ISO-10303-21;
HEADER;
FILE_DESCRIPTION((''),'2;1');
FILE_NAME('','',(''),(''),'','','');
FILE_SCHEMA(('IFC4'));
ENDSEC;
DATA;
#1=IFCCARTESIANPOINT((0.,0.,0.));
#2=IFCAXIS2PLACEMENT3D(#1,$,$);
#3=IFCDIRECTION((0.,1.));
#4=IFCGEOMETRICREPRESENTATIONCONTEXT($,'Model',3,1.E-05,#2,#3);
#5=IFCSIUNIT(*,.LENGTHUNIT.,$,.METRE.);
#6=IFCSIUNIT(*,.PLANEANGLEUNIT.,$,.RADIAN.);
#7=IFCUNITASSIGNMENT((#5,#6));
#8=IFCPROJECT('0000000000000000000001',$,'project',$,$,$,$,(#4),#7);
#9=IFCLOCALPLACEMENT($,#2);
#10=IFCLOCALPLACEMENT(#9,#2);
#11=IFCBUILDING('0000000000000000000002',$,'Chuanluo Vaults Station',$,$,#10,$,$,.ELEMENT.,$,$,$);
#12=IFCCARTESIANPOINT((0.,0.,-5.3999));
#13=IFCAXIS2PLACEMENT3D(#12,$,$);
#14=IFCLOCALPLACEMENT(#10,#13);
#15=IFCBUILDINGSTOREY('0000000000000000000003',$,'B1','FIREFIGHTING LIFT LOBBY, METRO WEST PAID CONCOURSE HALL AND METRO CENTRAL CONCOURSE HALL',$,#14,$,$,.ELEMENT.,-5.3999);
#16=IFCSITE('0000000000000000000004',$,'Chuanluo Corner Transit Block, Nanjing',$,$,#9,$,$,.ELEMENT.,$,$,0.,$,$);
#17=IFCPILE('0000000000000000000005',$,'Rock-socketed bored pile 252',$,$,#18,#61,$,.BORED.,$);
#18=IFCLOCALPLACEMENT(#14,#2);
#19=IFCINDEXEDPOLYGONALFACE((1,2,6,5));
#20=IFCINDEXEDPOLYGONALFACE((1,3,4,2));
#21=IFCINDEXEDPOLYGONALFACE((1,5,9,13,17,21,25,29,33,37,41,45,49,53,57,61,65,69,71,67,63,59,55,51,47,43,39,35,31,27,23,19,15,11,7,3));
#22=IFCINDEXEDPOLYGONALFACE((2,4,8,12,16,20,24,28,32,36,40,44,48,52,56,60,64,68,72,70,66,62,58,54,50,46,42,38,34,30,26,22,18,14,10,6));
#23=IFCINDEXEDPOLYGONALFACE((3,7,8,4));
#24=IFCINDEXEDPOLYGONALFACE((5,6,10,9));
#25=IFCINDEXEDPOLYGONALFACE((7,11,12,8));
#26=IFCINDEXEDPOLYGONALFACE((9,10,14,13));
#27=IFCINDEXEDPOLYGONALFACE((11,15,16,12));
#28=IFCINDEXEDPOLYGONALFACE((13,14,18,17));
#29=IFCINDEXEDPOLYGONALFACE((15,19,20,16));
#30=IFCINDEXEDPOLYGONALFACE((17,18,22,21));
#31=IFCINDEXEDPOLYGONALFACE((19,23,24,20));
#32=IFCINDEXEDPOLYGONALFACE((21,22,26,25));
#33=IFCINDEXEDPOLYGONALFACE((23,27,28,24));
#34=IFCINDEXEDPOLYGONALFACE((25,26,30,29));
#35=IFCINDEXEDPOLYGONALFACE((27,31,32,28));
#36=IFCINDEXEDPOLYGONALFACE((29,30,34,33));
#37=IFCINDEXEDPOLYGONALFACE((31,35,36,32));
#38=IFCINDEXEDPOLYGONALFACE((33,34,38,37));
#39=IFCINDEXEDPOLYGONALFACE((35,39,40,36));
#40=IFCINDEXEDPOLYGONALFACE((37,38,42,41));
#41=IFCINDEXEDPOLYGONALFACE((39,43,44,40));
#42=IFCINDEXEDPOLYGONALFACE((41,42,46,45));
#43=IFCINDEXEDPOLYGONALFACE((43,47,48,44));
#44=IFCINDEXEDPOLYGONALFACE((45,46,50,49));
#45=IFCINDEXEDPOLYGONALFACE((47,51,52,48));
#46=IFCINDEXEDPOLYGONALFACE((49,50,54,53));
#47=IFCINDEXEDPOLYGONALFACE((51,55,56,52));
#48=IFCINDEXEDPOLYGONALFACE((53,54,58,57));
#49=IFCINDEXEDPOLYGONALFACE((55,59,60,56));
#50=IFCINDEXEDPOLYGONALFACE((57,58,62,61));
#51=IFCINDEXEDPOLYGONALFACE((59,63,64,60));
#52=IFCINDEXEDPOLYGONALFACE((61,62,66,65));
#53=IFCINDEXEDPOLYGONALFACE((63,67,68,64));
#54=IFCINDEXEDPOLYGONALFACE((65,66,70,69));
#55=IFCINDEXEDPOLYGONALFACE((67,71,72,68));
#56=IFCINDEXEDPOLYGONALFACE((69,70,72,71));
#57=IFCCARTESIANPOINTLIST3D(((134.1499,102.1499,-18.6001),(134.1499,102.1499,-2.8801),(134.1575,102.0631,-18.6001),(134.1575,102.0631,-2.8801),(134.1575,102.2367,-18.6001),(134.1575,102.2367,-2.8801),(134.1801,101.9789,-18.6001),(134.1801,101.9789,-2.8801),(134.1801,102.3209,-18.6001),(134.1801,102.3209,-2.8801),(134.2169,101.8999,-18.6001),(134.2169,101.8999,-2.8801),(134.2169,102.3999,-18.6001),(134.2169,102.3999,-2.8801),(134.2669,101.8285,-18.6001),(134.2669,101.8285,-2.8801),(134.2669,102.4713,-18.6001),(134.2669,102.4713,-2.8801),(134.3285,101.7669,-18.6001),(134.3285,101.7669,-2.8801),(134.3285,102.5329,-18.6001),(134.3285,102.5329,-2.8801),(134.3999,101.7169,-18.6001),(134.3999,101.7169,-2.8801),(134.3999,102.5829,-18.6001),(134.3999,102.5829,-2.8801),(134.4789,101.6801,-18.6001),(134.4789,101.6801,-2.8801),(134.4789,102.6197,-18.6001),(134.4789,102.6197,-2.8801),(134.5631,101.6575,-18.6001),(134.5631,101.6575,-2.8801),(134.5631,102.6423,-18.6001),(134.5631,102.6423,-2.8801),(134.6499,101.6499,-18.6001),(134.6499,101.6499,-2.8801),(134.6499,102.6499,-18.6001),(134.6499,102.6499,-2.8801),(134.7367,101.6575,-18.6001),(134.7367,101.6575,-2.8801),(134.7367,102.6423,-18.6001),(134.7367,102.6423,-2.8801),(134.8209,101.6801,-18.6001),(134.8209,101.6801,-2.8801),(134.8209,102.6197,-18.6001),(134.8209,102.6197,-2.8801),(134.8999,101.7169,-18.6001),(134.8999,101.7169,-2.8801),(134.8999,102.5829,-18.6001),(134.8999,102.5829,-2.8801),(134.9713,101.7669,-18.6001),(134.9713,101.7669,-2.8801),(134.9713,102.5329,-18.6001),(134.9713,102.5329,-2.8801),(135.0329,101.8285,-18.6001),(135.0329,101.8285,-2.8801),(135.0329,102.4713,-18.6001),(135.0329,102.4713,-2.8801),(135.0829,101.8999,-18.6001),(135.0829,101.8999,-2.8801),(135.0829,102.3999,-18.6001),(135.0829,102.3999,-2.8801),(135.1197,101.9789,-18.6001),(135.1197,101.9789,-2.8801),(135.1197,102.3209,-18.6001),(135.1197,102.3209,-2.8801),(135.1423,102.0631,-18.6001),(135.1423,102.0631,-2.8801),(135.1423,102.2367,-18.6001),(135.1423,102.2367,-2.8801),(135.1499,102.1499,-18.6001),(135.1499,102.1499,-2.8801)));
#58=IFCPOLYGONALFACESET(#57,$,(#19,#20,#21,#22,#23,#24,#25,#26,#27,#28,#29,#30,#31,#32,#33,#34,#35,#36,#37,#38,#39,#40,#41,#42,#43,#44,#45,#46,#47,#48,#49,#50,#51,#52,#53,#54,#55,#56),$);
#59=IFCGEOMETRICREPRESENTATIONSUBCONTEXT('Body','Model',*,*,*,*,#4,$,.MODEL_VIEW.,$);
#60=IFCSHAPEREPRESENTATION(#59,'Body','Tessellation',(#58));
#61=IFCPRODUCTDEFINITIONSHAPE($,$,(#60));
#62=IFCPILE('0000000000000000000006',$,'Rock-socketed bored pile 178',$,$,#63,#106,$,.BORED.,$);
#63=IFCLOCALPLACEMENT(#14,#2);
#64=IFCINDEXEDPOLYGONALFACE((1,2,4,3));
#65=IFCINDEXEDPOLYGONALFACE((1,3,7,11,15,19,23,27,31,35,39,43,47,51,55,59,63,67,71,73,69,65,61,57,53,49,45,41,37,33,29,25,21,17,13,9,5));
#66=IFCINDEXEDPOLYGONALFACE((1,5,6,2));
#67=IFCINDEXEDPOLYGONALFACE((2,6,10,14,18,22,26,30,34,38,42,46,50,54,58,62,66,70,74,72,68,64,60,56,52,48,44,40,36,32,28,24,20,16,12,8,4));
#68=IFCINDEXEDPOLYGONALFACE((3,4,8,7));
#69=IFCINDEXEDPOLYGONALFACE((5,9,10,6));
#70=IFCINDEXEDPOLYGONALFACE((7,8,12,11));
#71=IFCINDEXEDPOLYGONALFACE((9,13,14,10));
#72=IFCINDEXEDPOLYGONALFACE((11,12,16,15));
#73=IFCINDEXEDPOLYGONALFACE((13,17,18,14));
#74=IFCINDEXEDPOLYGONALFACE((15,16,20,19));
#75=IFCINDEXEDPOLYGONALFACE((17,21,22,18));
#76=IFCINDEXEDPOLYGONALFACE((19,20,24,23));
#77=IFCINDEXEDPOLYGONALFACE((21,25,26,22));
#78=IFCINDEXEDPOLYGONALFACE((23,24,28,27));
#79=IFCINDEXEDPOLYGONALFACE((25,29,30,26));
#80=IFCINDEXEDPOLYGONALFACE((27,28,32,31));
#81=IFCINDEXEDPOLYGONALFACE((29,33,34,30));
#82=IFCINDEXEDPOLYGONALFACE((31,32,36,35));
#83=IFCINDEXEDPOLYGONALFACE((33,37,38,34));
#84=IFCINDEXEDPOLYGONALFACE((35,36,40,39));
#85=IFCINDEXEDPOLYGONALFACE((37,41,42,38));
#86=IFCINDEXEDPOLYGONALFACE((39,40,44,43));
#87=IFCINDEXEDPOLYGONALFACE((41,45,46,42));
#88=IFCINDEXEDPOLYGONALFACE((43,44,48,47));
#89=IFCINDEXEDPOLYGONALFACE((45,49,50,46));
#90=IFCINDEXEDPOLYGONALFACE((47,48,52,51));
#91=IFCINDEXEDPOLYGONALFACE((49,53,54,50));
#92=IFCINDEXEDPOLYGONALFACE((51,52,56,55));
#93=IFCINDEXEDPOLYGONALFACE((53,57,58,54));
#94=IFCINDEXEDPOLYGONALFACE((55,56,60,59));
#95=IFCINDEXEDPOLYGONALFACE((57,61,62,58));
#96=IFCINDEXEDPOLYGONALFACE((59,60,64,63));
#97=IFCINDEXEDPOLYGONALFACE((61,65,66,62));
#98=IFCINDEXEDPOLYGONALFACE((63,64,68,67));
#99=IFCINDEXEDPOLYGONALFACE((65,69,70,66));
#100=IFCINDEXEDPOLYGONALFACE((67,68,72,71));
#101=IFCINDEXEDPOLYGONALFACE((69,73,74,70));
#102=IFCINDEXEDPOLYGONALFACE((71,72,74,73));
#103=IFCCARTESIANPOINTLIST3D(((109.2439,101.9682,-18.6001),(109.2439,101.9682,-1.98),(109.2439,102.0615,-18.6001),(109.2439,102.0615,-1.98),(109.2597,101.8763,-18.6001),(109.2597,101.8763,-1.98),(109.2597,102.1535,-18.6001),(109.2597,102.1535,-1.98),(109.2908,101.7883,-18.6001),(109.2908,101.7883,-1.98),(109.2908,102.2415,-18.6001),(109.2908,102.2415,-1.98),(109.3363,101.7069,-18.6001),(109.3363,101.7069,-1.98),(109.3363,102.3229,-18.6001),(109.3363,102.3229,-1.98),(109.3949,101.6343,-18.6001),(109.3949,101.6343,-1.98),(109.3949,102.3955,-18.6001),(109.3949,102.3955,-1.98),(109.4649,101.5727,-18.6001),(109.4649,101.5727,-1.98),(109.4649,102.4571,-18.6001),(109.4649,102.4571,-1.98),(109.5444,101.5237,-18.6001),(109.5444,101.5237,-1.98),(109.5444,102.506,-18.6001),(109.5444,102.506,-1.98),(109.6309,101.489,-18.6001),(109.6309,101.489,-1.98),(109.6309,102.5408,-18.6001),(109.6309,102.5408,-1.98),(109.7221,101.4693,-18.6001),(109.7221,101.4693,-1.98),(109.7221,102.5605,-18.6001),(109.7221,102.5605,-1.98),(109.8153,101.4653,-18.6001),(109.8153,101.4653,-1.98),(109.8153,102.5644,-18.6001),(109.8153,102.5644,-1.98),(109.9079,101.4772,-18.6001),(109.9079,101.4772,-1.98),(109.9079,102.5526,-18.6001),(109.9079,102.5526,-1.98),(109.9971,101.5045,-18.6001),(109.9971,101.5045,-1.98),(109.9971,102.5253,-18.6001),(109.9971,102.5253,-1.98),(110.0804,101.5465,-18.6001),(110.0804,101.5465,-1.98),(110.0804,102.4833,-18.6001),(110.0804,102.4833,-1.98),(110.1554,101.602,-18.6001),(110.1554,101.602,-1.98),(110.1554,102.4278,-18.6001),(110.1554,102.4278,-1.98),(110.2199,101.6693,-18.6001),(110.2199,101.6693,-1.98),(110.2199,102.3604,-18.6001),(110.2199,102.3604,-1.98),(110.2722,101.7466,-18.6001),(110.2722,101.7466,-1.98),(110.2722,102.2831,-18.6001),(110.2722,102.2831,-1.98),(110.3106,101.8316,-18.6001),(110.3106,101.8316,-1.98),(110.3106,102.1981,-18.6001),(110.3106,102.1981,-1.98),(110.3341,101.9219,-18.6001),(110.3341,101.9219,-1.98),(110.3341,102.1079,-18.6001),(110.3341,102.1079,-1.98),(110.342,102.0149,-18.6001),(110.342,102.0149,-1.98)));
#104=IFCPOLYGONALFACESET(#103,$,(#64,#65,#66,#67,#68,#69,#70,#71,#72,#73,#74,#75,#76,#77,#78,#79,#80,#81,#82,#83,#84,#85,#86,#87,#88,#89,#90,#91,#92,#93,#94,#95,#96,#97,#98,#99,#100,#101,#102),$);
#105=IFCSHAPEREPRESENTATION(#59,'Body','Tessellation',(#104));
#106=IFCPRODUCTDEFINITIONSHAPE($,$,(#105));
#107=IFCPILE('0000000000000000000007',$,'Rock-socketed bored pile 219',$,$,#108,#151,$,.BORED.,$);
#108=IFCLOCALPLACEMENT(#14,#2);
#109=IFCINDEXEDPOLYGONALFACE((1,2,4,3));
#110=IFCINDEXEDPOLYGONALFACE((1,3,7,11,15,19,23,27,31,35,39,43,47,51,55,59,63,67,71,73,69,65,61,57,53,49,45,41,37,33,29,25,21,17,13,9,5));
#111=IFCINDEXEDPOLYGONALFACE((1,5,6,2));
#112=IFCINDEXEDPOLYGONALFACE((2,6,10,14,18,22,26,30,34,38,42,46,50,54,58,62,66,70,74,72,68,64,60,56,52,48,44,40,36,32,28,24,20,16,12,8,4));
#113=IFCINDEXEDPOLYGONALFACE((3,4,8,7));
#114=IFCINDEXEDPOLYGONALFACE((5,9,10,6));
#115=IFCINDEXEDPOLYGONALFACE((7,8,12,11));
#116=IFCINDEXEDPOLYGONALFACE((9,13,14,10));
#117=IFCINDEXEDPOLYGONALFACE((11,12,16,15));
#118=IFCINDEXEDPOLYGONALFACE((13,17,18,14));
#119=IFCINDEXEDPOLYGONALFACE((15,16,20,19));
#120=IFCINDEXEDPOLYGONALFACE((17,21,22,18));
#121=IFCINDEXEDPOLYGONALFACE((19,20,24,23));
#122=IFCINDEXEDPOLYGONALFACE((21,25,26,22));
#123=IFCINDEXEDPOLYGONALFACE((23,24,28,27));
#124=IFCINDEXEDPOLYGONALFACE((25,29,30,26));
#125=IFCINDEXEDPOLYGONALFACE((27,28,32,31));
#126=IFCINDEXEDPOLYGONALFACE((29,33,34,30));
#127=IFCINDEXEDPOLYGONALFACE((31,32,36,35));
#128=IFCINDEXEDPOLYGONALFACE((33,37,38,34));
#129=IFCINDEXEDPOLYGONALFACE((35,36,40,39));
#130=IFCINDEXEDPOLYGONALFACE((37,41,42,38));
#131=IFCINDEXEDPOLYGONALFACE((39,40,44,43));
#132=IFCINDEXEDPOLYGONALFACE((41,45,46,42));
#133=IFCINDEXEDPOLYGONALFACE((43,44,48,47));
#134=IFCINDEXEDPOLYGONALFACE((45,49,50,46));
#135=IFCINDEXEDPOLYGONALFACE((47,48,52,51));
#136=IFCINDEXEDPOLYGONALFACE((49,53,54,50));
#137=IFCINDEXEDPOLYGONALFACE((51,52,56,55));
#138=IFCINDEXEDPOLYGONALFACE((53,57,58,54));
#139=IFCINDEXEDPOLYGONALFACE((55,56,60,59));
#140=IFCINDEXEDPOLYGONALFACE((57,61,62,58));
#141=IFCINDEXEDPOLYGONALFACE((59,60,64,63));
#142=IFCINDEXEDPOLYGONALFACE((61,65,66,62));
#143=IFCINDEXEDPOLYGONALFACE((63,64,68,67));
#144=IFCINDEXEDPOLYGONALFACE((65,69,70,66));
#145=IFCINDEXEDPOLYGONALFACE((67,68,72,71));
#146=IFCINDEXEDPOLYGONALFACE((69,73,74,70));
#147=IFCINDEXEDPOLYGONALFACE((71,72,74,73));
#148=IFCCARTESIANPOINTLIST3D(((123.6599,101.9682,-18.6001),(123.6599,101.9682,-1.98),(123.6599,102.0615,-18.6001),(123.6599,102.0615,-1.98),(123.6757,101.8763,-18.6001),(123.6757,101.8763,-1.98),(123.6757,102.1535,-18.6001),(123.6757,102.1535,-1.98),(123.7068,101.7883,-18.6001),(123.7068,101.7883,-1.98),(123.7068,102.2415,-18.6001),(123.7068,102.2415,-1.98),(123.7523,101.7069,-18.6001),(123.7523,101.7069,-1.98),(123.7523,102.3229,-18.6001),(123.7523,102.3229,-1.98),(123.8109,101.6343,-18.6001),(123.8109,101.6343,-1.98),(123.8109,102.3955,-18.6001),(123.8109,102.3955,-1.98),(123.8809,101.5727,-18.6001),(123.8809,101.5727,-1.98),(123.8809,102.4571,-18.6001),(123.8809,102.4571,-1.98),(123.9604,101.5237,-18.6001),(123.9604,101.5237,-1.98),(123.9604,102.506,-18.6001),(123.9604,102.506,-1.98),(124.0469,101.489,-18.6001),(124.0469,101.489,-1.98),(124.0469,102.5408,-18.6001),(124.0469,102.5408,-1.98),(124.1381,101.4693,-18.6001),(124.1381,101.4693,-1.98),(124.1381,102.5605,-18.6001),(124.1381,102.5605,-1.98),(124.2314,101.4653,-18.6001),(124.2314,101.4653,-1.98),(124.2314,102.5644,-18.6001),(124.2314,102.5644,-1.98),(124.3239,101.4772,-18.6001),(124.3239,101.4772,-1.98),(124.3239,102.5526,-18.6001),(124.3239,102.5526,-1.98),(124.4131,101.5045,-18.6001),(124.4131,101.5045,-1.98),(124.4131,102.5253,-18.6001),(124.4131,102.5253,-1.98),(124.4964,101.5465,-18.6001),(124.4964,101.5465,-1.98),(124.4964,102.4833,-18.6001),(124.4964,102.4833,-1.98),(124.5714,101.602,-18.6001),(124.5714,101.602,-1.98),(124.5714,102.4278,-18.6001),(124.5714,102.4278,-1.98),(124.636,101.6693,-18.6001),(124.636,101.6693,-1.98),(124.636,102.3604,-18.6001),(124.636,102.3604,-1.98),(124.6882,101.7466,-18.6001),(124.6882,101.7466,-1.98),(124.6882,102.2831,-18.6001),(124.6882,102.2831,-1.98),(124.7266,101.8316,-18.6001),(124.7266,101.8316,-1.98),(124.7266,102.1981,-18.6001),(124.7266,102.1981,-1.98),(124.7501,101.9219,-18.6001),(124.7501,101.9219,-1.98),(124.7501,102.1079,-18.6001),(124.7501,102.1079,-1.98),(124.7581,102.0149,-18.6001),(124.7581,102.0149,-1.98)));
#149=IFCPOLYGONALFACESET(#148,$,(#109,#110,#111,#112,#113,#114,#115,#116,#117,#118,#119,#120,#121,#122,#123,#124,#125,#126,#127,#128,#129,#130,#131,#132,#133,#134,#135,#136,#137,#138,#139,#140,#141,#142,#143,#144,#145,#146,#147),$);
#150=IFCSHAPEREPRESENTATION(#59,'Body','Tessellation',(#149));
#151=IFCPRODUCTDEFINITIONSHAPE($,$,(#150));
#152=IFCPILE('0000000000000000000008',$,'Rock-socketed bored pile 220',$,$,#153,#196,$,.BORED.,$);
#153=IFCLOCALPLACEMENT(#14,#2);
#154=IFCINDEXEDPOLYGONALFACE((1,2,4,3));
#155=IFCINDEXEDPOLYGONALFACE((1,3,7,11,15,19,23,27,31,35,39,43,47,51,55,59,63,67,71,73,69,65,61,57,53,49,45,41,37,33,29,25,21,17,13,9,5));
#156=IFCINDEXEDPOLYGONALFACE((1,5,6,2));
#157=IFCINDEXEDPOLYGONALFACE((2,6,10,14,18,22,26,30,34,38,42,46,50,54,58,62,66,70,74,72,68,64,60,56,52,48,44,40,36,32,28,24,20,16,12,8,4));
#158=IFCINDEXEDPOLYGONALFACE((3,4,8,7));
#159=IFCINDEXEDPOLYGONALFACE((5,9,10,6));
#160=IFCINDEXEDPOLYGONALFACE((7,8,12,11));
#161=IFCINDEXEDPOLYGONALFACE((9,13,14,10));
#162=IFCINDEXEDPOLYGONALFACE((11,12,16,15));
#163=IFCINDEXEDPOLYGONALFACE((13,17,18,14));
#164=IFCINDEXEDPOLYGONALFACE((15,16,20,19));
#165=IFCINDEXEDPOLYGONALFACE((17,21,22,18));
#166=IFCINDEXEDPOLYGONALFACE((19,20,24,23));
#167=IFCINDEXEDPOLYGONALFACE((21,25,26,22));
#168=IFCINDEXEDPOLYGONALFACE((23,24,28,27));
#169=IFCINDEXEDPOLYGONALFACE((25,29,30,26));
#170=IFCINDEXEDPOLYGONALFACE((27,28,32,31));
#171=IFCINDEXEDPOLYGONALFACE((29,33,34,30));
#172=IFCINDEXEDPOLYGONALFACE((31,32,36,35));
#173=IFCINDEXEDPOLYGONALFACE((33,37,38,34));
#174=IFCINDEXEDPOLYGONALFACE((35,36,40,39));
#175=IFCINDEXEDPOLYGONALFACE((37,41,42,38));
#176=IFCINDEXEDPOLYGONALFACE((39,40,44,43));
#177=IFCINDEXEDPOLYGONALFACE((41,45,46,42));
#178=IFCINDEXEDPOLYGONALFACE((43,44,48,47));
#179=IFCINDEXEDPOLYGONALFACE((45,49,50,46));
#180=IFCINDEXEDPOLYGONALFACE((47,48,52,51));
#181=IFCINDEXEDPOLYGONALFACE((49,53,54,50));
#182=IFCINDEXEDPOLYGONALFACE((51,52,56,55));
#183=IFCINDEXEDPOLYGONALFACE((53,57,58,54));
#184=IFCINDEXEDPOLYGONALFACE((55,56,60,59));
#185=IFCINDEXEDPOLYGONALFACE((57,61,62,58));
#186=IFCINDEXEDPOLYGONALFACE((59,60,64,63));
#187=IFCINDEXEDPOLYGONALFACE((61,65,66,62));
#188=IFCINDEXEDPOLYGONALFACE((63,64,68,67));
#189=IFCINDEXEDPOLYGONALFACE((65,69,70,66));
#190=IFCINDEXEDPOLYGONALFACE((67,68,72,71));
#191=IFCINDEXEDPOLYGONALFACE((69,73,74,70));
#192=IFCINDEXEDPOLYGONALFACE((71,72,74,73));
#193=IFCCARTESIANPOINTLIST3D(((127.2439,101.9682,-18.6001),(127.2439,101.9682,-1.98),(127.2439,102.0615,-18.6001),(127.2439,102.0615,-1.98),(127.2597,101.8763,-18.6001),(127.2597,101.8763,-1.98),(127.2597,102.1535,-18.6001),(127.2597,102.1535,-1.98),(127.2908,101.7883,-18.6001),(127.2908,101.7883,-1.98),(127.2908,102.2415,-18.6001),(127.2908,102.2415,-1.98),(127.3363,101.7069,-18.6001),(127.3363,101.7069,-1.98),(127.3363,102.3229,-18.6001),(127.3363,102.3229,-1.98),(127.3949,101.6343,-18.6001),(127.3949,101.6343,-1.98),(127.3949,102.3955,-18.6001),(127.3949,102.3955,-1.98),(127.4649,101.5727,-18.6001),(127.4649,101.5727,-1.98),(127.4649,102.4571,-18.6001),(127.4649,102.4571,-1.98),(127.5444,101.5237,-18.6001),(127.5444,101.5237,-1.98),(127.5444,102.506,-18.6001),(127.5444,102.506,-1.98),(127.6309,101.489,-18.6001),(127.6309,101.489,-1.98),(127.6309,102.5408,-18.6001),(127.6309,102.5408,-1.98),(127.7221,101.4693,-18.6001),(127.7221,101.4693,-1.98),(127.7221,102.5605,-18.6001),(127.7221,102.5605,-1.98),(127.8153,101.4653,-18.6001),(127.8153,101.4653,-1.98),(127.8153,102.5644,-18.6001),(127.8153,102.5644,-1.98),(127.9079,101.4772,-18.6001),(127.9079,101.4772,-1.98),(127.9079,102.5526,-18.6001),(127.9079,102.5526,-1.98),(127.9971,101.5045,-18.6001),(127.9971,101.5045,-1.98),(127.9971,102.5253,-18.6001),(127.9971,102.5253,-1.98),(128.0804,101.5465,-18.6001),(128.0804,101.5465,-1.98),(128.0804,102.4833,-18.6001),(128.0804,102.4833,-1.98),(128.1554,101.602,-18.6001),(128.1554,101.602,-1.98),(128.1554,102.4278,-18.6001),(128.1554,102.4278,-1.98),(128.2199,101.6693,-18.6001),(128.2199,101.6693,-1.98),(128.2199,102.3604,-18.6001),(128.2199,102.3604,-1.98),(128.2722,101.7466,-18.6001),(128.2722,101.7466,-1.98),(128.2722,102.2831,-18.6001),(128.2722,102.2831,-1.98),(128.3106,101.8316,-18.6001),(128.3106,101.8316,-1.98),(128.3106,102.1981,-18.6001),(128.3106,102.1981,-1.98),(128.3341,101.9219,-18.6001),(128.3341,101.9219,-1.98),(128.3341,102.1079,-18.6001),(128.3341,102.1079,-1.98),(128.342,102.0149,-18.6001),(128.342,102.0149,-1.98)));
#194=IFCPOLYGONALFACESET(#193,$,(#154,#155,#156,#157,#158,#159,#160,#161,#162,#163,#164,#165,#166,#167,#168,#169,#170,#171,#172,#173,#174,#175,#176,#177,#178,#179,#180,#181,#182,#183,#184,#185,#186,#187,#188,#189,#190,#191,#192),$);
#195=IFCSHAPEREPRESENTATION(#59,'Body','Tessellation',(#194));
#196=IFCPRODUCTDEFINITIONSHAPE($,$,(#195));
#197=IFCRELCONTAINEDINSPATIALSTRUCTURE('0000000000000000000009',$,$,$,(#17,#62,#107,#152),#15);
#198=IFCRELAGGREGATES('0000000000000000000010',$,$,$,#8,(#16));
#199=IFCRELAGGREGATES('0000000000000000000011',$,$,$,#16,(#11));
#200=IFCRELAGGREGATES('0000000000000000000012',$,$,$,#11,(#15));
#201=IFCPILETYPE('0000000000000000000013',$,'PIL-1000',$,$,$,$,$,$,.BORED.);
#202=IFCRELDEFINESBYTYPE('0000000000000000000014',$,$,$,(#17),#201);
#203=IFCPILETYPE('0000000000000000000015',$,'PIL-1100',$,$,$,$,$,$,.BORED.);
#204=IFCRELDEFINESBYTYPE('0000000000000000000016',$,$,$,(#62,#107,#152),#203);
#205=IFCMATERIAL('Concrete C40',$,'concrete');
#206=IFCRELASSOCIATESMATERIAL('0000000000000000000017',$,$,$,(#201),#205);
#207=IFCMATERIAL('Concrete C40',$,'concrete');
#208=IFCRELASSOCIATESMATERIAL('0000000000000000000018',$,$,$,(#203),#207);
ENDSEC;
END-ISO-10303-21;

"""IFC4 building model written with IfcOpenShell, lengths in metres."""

from ifc_helpers import new_model, si_unit, direction, frame, origin, origin_2d, place, context, subcontext, project, spatial, circle, extrude, material, material_profile, profile_set, type_object, element, save


model = new_model("IFC4")

# Units and contexts
model_context = context("Model", 3, precision=1e-05, world=origin(), true_north=direction((0.0, 1.0)))
body_context = subcontext(model_context, "Body", "Model", "MODEL_VIEW")
ifc_project = project(units=[si_unit("LENGTHUNIT", "METRE"), si_unit("PLANEANGLEUNIT", "RADIAN")], contexts=[model_context])

# Site, building, storey
site_placement = place(None, origin())
site = spatial("IfcSite", under=ifc_project, at=site_placement, Name="Chuanluo Corner Transit Block, Nanjing", CompositionType="ELEMENT", RefElevation=0.0)
building_placement = place(site_placement, origin())
building = spatial("IfcBuilding", under=site, at=building_placement, Name="Chuanluo Vaults Station", CompositionType="ELEMENT")
storey_placement = place(building_placement, frame((0.0, 0.0, -5.3999)))
storey = spatial("IfcBuildingStorey", under=building, at=storey_placement, Name="B1", Description="FIREFIGHTING LIFT LOBBY, METRO WEST PAID CONCOURSE HALL AND METRO CENTRAL CONCOURSE HALL", CompositionType="ELEMENT", Elevation=-5.3999)

# Piles
ifc_material_1 = material(Name="Concrete C40", Category="concrete")
ifc_material_profile_1 = material_profile(ifc_material_1, circle(Radius=0.5, at=origin_2d()))
ifc_profile_set_1 = profile_set([ifc_material_profile_1], Name="Concrete C40")
pile_type_1 = type_object("IfcPileType", Name="PIL-1000", PredefinedType="BORED", material=ifc_profile_set_1)
pile_placement = place(storey_placement, frame((134.6499, 102.1499, -2.8801), z_axis=(0.0, 0.0, -1.0), x_axis=(1.0, 0.0, 0.0)))
element("IfcPile", 1, at=pile_placement, inside=storey, type_object=pile_type_1, Name="Rock-socketed bored pile 252", PredefinedType="BORED", context=body_context, shape_type="SweptSolid", body=[
    extrude(circle(Radius=0.5, at=origin_2d()), origin(), (0.0, 0.0, 1.0), 15.72),
])
ifc_material_2 = material(Name="Concrete C40", Category="concrete")
ifc_material_profile_2 = material_profile(ifc_material_2, circle(Radius=0.55, at=origin_2d()))
ifc_profile_set_2 = profile_set([ifc_material_profile_2], Name="Concrete C40")
pile_type_2 = type_object("IfcPileType", Name="PIL-1100", PredefinedType="BORED", material=ifc_profile_set_2)
for number, where, z_axis, x_axis, name in (
    (2, (109.792, 102.0149, -1.98), (0.0, 0.0, -1.0), (1.0, 0.0, 0.0), "Rock-socketed bored pile 178"),
    (3, (124.208, 102.0149, -1.98), (0.0, 0.0, -1.0), (1.0, 0.0, 0.0), "Rock-socketed bored pile 219"),
    (4, (127.792, 102.0149, -1.98), (0.0, 0.0, -1.0), (1.0, 0.0, 0.0), "Rock-socketed bored pile 220"),
):
    element("IfcPile", number, at=place(storey_placement, frame(where, z_axis=z_axis, x_axis=x_axis)), inside=storey, type_object=pile_type_2, Name=name, PredefinedType="BORED", context=body_context, shape_type="SweptSolid", body=[
        extrude(circle(Radius=0.55, at=origin_2d()), origin(), (0.0, 0.0, 1.0), 16.6201),
    ])

save(model, "model.ifc")
